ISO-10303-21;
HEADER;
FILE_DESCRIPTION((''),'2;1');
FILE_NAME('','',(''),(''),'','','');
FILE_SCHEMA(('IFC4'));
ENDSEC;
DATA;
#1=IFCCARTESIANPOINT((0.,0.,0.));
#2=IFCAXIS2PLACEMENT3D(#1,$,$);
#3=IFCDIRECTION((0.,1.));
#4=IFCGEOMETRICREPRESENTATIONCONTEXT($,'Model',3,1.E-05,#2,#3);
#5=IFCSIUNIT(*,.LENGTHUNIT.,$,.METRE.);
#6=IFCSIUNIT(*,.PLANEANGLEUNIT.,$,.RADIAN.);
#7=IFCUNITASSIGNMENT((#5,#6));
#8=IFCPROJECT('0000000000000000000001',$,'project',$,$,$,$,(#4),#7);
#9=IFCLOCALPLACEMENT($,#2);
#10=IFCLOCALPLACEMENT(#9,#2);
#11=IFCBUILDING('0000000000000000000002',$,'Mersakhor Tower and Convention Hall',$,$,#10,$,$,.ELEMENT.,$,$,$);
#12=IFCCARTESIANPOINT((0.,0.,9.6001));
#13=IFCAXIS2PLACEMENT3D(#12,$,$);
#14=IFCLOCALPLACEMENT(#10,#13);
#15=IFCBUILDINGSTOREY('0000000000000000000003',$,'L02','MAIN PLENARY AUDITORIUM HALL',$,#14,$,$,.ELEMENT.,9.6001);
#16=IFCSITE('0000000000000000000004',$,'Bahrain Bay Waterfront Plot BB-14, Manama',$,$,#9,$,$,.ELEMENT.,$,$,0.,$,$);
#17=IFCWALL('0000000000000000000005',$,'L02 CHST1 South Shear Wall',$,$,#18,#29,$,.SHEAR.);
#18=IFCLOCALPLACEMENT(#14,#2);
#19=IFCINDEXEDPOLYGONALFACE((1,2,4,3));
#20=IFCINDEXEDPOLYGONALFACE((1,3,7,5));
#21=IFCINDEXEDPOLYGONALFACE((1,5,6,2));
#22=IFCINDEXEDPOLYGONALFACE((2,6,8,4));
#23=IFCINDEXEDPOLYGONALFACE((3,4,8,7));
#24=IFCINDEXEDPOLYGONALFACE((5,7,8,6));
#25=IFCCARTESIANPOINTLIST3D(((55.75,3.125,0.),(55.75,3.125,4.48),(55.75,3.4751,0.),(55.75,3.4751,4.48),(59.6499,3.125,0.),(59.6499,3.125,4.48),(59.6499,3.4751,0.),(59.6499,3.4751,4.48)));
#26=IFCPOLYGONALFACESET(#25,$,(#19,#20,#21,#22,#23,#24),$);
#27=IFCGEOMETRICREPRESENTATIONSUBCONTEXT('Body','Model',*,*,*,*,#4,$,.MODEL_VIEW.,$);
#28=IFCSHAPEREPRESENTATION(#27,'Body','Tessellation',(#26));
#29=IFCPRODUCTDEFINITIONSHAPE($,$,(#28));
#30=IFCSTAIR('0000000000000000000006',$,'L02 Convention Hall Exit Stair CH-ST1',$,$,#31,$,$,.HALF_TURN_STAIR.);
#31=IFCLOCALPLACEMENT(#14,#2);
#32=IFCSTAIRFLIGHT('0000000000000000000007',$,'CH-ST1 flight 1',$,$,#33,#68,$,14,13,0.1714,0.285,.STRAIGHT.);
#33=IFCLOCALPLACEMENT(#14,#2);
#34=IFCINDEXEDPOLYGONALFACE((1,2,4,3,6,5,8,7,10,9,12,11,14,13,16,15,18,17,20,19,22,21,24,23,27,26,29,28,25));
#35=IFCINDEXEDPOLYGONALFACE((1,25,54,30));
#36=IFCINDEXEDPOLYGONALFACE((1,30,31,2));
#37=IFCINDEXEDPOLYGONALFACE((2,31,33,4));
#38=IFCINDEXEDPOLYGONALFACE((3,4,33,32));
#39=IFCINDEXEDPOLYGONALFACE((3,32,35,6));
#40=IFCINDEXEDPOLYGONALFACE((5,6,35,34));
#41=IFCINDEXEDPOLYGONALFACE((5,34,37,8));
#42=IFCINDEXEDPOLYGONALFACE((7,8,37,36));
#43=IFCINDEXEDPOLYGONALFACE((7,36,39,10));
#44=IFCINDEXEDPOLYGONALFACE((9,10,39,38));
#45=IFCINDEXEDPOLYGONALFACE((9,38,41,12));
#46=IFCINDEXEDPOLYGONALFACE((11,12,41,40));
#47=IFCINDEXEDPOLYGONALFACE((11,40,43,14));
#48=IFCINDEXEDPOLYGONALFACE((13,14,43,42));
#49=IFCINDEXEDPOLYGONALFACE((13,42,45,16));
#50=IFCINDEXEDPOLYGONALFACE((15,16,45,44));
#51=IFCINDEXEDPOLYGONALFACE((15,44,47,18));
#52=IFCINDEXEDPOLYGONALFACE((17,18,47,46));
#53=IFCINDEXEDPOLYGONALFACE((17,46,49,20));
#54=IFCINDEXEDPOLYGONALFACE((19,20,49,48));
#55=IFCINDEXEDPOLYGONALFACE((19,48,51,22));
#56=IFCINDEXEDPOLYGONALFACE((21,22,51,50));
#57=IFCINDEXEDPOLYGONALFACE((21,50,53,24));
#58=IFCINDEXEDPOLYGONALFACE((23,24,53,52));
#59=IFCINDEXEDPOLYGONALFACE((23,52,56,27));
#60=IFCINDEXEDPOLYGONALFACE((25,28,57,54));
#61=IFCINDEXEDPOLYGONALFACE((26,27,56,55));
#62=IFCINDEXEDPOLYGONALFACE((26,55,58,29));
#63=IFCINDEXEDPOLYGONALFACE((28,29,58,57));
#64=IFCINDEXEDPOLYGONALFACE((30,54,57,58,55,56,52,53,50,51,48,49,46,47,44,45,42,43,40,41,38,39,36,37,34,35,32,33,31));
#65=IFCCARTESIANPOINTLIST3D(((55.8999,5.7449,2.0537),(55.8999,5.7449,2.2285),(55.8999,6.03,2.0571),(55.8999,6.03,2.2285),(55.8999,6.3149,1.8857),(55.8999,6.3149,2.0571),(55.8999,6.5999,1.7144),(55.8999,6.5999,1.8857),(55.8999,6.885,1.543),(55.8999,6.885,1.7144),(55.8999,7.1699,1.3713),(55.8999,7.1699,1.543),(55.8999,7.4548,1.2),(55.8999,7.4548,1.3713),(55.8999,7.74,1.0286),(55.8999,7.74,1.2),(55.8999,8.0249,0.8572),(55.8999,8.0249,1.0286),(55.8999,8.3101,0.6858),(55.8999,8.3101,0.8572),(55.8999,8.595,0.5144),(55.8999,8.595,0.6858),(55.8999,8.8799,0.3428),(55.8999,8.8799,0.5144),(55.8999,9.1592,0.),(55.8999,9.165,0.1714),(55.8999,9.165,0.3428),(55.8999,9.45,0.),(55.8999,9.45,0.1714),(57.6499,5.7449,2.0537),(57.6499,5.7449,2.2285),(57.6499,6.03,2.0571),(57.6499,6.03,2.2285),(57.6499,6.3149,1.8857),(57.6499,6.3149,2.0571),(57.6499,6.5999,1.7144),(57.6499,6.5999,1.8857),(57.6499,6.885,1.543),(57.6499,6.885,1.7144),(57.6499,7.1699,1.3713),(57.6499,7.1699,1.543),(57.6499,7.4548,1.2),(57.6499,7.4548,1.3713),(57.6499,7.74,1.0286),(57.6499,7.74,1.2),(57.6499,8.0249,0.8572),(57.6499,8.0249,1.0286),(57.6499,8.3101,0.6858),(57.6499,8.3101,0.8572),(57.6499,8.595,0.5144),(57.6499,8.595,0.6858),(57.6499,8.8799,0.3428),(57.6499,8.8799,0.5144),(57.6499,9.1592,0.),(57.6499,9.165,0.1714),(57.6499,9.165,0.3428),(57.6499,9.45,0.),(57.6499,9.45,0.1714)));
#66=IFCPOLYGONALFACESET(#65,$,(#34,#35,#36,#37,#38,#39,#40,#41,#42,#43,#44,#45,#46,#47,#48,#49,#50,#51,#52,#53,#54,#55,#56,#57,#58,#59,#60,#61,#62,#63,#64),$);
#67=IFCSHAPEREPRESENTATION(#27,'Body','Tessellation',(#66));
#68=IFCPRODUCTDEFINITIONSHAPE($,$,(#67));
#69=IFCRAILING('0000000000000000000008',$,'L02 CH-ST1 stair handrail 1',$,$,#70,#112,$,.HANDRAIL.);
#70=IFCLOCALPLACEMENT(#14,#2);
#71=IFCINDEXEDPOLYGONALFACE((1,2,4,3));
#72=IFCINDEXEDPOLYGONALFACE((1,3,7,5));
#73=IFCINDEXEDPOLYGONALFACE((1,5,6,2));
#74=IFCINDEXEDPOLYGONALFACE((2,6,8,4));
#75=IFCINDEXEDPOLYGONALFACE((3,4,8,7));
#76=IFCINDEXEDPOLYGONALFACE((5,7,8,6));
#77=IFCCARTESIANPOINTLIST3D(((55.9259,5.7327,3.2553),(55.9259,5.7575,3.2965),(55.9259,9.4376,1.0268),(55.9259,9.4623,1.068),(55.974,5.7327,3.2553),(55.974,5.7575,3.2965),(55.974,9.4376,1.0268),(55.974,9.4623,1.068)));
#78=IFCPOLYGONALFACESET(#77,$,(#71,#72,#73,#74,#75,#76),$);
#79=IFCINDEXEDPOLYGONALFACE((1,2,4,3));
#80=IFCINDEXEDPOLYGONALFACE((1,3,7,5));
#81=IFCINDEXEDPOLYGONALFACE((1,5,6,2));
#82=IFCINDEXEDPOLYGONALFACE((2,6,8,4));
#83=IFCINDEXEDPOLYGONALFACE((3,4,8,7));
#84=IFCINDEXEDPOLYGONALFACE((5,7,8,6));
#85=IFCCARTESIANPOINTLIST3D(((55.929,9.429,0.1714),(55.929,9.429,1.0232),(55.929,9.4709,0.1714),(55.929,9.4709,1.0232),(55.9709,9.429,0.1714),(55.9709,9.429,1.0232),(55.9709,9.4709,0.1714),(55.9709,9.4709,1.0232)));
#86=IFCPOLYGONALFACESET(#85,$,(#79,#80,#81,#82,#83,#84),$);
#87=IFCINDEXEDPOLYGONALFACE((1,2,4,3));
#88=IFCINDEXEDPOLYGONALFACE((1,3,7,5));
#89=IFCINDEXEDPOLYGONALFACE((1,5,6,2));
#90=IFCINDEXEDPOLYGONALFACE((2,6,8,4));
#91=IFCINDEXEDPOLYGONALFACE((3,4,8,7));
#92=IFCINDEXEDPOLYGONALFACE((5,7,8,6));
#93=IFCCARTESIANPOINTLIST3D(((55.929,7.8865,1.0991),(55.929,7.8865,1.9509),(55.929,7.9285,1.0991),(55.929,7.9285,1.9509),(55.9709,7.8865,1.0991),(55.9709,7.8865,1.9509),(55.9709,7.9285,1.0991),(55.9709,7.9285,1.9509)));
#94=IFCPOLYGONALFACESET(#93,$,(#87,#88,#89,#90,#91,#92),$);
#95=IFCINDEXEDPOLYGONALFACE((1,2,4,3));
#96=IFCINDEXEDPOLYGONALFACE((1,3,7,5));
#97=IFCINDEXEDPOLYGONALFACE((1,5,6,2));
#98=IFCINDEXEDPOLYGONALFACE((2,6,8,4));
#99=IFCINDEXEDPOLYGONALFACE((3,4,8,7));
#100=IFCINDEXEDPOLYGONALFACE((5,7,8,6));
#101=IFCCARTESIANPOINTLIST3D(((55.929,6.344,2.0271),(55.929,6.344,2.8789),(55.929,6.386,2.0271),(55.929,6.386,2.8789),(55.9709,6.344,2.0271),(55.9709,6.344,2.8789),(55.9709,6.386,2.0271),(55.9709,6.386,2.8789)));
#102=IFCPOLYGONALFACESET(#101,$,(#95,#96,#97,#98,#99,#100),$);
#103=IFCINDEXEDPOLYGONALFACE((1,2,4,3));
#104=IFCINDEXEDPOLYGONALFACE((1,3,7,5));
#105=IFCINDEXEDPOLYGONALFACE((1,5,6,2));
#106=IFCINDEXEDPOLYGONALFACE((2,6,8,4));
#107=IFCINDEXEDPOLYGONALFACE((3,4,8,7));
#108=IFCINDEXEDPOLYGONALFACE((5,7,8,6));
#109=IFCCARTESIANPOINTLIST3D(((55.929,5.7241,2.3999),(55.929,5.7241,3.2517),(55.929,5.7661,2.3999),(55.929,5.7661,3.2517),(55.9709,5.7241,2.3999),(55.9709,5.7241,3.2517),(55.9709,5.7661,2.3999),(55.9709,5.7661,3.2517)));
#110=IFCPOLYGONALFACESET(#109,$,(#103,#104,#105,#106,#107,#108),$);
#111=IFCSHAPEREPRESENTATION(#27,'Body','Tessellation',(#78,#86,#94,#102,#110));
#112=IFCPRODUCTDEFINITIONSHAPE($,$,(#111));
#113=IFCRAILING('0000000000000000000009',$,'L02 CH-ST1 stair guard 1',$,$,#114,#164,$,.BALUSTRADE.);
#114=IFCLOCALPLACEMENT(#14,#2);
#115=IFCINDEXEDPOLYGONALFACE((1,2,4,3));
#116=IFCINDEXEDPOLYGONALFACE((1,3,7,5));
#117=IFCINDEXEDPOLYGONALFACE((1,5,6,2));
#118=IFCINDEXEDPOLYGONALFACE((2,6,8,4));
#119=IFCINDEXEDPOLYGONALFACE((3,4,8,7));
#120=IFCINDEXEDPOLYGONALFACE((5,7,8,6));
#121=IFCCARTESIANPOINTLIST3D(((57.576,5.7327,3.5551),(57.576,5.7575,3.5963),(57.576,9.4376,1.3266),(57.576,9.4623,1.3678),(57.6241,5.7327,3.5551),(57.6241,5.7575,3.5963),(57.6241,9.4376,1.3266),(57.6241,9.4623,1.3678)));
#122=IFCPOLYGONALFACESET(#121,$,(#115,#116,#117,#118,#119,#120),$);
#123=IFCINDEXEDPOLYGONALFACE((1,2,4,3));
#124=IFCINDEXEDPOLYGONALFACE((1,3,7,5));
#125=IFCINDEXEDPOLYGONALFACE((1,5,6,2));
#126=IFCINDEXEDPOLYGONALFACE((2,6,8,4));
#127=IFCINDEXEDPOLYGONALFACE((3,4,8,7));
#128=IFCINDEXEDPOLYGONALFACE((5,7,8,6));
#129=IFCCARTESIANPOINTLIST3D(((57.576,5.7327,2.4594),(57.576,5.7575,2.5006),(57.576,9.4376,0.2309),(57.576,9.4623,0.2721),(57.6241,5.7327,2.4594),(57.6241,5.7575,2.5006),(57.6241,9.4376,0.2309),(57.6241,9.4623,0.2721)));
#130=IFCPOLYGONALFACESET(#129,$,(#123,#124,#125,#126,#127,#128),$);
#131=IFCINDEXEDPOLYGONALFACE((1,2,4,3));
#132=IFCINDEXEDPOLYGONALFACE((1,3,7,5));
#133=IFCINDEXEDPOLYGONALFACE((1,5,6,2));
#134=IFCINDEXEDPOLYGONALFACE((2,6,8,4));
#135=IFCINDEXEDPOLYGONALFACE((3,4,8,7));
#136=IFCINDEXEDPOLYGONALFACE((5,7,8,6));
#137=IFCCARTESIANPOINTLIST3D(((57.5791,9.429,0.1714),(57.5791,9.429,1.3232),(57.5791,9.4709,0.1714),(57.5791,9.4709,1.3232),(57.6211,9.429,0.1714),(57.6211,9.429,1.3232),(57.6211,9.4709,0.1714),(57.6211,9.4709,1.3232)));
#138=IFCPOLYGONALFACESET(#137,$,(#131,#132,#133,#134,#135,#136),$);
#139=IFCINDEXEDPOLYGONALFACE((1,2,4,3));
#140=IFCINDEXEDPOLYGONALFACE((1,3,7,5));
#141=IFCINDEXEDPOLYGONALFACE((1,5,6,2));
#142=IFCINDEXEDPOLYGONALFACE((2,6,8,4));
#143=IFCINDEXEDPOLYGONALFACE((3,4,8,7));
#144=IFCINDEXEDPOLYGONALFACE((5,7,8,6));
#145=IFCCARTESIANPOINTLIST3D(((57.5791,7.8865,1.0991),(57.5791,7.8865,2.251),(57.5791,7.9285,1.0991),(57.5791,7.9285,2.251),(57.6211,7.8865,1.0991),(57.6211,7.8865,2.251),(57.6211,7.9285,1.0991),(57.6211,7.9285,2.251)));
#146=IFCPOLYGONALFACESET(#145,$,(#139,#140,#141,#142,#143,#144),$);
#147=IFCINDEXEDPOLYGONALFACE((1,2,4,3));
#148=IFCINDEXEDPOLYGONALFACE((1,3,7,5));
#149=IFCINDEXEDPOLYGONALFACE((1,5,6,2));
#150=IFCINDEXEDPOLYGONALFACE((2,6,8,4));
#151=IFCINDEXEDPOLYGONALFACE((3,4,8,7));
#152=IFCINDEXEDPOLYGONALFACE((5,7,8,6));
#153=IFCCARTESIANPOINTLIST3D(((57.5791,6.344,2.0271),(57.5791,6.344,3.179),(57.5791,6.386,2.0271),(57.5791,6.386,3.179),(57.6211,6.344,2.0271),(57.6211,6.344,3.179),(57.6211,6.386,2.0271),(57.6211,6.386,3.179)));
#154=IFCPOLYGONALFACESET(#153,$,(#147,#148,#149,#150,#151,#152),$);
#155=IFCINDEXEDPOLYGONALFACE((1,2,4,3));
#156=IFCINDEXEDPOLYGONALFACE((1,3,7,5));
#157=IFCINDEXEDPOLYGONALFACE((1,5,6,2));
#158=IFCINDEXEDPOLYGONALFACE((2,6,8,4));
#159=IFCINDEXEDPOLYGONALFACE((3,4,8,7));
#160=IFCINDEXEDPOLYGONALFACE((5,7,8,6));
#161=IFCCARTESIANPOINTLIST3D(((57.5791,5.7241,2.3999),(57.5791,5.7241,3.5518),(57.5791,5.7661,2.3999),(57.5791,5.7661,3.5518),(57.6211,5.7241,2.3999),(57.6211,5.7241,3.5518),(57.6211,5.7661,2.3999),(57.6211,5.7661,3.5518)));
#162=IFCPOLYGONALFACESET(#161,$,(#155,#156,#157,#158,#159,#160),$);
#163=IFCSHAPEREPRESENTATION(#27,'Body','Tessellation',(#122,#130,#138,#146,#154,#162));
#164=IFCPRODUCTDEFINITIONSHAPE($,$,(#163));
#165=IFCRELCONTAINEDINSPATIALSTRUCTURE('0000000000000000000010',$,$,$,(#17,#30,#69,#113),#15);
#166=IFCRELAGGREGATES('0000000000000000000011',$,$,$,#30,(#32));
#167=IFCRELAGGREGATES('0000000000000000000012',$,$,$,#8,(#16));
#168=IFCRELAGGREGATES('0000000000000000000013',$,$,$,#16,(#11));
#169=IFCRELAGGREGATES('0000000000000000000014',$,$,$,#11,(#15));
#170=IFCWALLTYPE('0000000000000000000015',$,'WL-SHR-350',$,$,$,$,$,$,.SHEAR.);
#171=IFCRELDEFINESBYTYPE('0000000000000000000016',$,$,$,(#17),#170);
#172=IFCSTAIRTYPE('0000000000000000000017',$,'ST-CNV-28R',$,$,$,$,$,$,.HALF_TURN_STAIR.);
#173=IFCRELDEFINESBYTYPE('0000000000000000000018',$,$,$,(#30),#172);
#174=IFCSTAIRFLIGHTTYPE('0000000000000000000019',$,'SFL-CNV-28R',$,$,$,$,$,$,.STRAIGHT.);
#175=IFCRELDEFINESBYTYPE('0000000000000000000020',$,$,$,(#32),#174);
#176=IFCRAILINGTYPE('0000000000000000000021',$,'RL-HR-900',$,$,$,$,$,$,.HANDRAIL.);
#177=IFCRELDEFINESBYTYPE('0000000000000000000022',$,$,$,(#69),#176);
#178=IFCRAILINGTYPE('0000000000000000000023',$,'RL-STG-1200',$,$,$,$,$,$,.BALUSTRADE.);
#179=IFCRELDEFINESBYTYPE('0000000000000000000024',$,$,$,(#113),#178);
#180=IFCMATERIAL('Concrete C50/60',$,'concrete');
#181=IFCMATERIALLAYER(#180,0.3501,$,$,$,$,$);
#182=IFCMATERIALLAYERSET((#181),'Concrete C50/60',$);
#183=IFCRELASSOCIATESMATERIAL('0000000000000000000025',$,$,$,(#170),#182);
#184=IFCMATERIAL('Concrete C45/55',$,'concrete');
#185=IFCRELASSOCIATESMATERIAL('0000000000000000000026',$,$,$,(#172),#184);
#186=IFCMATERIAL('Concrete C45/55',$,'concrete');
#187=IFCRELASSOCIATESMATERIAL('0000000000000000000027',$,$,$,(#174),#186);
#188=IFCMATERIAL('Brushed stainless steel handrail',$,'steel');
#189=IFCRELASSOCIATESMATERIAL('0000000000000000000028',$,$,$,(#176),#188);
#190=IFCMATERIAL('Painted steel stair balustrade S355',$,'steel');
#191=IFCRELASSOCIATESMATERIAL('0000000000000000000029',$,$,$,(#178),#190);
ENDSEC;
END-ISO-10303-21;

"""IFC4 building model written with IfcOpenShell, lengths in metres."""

from ifc_helpers import new_model, si_unit, direction, frame, frame_2d, origin, origin_2d, place, context, subcontext, project, spatial, polyline, rectangle, outline, extrude, material, layer, layer_set, type_object, element, aggregate, save


model = new_model("IFC4")

# Units and contexts
model_context = context("Model", 3, precision=1e-05, world=origin(), true_north=direction((0.0, 1.0)))
body_context = subcontext(model_context, "Body", "Model", "MODEL_VIEW")
ifc_project = project(units=[si_unit("LENGTHUNIT", "METRE"), si_unit("PLANEANGLEUNIT", "RADIAN")], contexts=[model_context])

# Site, building, storey
site_placement = place(None, origin())
site = spatial("IfcSite", under=ifc_project, at=site_placement, Name="Bahrain Bay Waterfront Plot BB-14, Manama", CompositionType="ELEMENT", RefElevation=0.0)
building_placement = place(site_placement, origin())
building = spatial("IfcBuilding", under=site, at=building_placement, Name="Mersakhor Tower and Convention Hall", CompositionType="ELEMENT")
storey_placement = place(building_placement, frame((0.0, 0.0, 9.6001)))
storey = spatial("IfcBuildingStorey", under=building, at=storey_placement, Name="L02", Description="MAIN PLENARY AUDITORIUM HALL", CompositionType="ELEMENT", Elevation=9.6001)

# Shared definitions
ifc_material_1 = material(Name="Concrete C50/60", Category="concrete")
ifc_layer_1 = layer(ifc_material_1, 0.3501)
ifc_layer_set_1 = layer_set([ifc_layer_1], Name="Concrete C50/60")
wall_type_1 = type_object("IfcWallType", Name="WL-SHR-350", PredefinedType="SHEAR", material=ifc_layer_set_1)

# Wall
wall_1_placement = place(storey_placement, frame((55.75, 3.3, 0.0), z_axis=(0.0, 0.0, 1.0), x_axis=(1.0, 0.0, 0.0)))
element("IfcWall", 1, at=wall_1_placement, inside=storey, type_object=wall_type_1, Name="L02 CHST1 South Shear Wall", PredefinedType="SHEAR", context=body_context, shape_type="SweptSolid", body=[
    extrude(rectangle(XDim=3.8999, YDim=0.3501, at=frame_2d((1.95, 0.0))), origin(), (0.0, 0.0, 1.0), 4.48),
])

# Stair, stair flight
ifc_material_2 = material(Name="Concrete C45/55", Category="concrete")
stair_type = type_object("IfcStairType", Name="ST-CNV-28R", PredefinedType="HALF_TURN_STAIR", material=ifc_material_2)
stair_placement = place(storey_placement, origin())
stair = element("IfcStair", 2, at=stair_placement, inside=storey, type_object=stair_type, Name="L02 Convention Hall Exit Stair CH-ST1", PredefinedType="HALF_TURN_STAIR")
ifc_material_3 = material(Name="Concrete C45/55", Category="concrete")
stair_flight_type = type_object("IfcStairFlightType", Name="SFL-CNV-28R", PredefinedType="STRAIGHT", material=ifc_material_3)
stair_flight_placement = place(storey_placement, frame((56.7749, 9.45, 0.0), z_axis=(0.0, 0.0, 1.0), x_axis=(0.0, -1.0, 0.0)))
stair_flight = element("IfcStairFlight", 3, at=stair_flight_placement, type_object=stair_flight_type, Name="CH-ST1 flight 1", NumberOfRisers=14, NumberOfTreads=13, PredefinedType="STRAIGHT", RiserHeight=0.1714, TreadLength=0.285, context=body_context, shape_type="SweptSolid", body=[
    extrude(outline(polyline([(0.0, 0.0), (0.0, 0.1714), (0.2849, 0.1714), (0.2849, 0.3428), (0.5701, 0.3428), (0.5701, 0.5144), (0.855, 0.5144), (0.855, 0.6858), (1.1399, 0.6858), (1.1399, 0.8572), (1.425, 0.8572), (1.425, 1.0286), (1.71, 1.0286), (1.71, 1.2), (1.9951, 1.2), (1.9951, 1.3713), (2.28, 1.3713), (2.28, 1.543), (2.5649, 1.543), (2.5649, 1.7144), (2.8501, 1.7144), (2.8501, 1.8857), (3.135, 1.8857), (3.135, 2.0571), (3.4199, 2.0571), (3.4199, 2.2285), (3.7051, 2.2285), (3.7051, 2.3999), (3.7051, 2.0537), (0.2908, 0.0), (0.0, 0.0)])), frame((0.0, 0.875, 0.0), z_axis=(0.0, -1.0, 0.0), x_axis=(1.0, 0.0, 0.0)), (0.0, 0.0, 1.0), 1.75),
])
aggregate(stair, [stair_flight])

# Railings
ifc_material_4 = material(Name="Brushed stainless steel handrail", Category="steel")
railing_type_1 = type_object("IfcRailingType", Name="RL-HR-900", PredefinedType="HANDRAIL", material=ifc_material_4)
railing_1_placement = place(storey_placement, frame((55.95, 9.45, 0.1714)))
element("IfcRailing", 4, at=railing_1_placement, inside=storey, type_object=railing_type_1, Name="L02 CH-ST1 stair handrail 1", PredefinedType="HANDRAIL", context=body_context, shape_type="SweptSolid", body=[
    extrude(rectangle(XDim=0.0481, YDim=0.0481, at=origin_2d()), frame((0.0, 0.0, 0.876), z_axis=(0.0, -0.856919, 0.51545), x_axis=(1.0, 0.0, 0.0)), (0.0, 0.0, 1.0), 4.3235),
    extrude(rectangle(XDim=0.042, YDim=0.042, at=origin_2d()), origin(), (0.0, 0.0, 1.0), 0.8518),
    extrude(rectangle(XDim=0.042, YDim=0.042, at=origin_2d()), frame((0.0, -1.5425, 0.9277)), (0.0, 0.0, 1.0), 0.8518),
    extrude(rectangle(XDim=0.042, YDim=0.042, at=origin_2d()), frame((0.0, -3.085, 1.8557)), (0.0, 0.0, 1.0), 0.8518),
    extrude(rectangle(XDim=0.042, YDim=0.042, at=origin_2d()), frame((0.0, -3.7048, 2.2285)), (0.0, 0.0, 1.0), 0.8518),
])
ifc_material_5 = material(Name="Painted steel stair balustrade S355", Category="steel")
railing_type_2 = type_object("IfcRailingType", Name="RL-STG-1200", PredefinedType="BALUSTRADE", material=ifc_material_5)
railing_2_placement = place(storey_placement, frame((57.6001, 9.45, 0.1714)))
element("IfcRailing", 5, at=railing_2_placement, inside=storey, type_object=railing_type_2, Name="L02 CH-ST1 stair guard 1", PredefinedType="BALUSTRADE", context=body_context, shape_type="SweptSolid", body=[
    extrude(rectangle(XDim=0.0481, YDim=0.0481, at=origin_2d()), frame((0.0, 0.0, 1.1758), z_axis=(0.0, -0.856919, 0.51545), x_axis=(1.0, 0.0, 0.0)), (0.0, 0.0, 1.0), 4.3235),
    extrude(rectangle(XDim=0.0481, YDim=0.0481, at=origin_2d()), frame((0.0, 0.0, 0.0801), z_axis=(0.0, -0.856919, 0.51545), x_axis=(1.0, 0.0, 0.0)), (0.0, 0.0, 1.0), 4.3235),
    extrude(rectangle(XDim=0.042, YDim=0.042, at=origin_2d()), origin(), (0.0, 0.0, 1.0), 1.1519),
    extrude(rectangle(XDim=0.042, YDim=0.042, at=origin_2d()), frame((0.0, -1.5425, 0.9277)), (0.0, 0.0, 1.0), 1.1519),
    extrude(rectangle(XDim=0.042, YDim=0.042, at=origin_2d()), frame((0.0, -3.085, 1.8557)), (0.0, 0.0, 1.0), 1.1519),
    extrude(rectangle(XDim=0.042, YDim=0.042, at=origin_2d()), frame((0.0, -3.7048, 2.2285)), (0.0, 0.0, 1.0), 1.1519),
])

save(model, "model.ifc")
